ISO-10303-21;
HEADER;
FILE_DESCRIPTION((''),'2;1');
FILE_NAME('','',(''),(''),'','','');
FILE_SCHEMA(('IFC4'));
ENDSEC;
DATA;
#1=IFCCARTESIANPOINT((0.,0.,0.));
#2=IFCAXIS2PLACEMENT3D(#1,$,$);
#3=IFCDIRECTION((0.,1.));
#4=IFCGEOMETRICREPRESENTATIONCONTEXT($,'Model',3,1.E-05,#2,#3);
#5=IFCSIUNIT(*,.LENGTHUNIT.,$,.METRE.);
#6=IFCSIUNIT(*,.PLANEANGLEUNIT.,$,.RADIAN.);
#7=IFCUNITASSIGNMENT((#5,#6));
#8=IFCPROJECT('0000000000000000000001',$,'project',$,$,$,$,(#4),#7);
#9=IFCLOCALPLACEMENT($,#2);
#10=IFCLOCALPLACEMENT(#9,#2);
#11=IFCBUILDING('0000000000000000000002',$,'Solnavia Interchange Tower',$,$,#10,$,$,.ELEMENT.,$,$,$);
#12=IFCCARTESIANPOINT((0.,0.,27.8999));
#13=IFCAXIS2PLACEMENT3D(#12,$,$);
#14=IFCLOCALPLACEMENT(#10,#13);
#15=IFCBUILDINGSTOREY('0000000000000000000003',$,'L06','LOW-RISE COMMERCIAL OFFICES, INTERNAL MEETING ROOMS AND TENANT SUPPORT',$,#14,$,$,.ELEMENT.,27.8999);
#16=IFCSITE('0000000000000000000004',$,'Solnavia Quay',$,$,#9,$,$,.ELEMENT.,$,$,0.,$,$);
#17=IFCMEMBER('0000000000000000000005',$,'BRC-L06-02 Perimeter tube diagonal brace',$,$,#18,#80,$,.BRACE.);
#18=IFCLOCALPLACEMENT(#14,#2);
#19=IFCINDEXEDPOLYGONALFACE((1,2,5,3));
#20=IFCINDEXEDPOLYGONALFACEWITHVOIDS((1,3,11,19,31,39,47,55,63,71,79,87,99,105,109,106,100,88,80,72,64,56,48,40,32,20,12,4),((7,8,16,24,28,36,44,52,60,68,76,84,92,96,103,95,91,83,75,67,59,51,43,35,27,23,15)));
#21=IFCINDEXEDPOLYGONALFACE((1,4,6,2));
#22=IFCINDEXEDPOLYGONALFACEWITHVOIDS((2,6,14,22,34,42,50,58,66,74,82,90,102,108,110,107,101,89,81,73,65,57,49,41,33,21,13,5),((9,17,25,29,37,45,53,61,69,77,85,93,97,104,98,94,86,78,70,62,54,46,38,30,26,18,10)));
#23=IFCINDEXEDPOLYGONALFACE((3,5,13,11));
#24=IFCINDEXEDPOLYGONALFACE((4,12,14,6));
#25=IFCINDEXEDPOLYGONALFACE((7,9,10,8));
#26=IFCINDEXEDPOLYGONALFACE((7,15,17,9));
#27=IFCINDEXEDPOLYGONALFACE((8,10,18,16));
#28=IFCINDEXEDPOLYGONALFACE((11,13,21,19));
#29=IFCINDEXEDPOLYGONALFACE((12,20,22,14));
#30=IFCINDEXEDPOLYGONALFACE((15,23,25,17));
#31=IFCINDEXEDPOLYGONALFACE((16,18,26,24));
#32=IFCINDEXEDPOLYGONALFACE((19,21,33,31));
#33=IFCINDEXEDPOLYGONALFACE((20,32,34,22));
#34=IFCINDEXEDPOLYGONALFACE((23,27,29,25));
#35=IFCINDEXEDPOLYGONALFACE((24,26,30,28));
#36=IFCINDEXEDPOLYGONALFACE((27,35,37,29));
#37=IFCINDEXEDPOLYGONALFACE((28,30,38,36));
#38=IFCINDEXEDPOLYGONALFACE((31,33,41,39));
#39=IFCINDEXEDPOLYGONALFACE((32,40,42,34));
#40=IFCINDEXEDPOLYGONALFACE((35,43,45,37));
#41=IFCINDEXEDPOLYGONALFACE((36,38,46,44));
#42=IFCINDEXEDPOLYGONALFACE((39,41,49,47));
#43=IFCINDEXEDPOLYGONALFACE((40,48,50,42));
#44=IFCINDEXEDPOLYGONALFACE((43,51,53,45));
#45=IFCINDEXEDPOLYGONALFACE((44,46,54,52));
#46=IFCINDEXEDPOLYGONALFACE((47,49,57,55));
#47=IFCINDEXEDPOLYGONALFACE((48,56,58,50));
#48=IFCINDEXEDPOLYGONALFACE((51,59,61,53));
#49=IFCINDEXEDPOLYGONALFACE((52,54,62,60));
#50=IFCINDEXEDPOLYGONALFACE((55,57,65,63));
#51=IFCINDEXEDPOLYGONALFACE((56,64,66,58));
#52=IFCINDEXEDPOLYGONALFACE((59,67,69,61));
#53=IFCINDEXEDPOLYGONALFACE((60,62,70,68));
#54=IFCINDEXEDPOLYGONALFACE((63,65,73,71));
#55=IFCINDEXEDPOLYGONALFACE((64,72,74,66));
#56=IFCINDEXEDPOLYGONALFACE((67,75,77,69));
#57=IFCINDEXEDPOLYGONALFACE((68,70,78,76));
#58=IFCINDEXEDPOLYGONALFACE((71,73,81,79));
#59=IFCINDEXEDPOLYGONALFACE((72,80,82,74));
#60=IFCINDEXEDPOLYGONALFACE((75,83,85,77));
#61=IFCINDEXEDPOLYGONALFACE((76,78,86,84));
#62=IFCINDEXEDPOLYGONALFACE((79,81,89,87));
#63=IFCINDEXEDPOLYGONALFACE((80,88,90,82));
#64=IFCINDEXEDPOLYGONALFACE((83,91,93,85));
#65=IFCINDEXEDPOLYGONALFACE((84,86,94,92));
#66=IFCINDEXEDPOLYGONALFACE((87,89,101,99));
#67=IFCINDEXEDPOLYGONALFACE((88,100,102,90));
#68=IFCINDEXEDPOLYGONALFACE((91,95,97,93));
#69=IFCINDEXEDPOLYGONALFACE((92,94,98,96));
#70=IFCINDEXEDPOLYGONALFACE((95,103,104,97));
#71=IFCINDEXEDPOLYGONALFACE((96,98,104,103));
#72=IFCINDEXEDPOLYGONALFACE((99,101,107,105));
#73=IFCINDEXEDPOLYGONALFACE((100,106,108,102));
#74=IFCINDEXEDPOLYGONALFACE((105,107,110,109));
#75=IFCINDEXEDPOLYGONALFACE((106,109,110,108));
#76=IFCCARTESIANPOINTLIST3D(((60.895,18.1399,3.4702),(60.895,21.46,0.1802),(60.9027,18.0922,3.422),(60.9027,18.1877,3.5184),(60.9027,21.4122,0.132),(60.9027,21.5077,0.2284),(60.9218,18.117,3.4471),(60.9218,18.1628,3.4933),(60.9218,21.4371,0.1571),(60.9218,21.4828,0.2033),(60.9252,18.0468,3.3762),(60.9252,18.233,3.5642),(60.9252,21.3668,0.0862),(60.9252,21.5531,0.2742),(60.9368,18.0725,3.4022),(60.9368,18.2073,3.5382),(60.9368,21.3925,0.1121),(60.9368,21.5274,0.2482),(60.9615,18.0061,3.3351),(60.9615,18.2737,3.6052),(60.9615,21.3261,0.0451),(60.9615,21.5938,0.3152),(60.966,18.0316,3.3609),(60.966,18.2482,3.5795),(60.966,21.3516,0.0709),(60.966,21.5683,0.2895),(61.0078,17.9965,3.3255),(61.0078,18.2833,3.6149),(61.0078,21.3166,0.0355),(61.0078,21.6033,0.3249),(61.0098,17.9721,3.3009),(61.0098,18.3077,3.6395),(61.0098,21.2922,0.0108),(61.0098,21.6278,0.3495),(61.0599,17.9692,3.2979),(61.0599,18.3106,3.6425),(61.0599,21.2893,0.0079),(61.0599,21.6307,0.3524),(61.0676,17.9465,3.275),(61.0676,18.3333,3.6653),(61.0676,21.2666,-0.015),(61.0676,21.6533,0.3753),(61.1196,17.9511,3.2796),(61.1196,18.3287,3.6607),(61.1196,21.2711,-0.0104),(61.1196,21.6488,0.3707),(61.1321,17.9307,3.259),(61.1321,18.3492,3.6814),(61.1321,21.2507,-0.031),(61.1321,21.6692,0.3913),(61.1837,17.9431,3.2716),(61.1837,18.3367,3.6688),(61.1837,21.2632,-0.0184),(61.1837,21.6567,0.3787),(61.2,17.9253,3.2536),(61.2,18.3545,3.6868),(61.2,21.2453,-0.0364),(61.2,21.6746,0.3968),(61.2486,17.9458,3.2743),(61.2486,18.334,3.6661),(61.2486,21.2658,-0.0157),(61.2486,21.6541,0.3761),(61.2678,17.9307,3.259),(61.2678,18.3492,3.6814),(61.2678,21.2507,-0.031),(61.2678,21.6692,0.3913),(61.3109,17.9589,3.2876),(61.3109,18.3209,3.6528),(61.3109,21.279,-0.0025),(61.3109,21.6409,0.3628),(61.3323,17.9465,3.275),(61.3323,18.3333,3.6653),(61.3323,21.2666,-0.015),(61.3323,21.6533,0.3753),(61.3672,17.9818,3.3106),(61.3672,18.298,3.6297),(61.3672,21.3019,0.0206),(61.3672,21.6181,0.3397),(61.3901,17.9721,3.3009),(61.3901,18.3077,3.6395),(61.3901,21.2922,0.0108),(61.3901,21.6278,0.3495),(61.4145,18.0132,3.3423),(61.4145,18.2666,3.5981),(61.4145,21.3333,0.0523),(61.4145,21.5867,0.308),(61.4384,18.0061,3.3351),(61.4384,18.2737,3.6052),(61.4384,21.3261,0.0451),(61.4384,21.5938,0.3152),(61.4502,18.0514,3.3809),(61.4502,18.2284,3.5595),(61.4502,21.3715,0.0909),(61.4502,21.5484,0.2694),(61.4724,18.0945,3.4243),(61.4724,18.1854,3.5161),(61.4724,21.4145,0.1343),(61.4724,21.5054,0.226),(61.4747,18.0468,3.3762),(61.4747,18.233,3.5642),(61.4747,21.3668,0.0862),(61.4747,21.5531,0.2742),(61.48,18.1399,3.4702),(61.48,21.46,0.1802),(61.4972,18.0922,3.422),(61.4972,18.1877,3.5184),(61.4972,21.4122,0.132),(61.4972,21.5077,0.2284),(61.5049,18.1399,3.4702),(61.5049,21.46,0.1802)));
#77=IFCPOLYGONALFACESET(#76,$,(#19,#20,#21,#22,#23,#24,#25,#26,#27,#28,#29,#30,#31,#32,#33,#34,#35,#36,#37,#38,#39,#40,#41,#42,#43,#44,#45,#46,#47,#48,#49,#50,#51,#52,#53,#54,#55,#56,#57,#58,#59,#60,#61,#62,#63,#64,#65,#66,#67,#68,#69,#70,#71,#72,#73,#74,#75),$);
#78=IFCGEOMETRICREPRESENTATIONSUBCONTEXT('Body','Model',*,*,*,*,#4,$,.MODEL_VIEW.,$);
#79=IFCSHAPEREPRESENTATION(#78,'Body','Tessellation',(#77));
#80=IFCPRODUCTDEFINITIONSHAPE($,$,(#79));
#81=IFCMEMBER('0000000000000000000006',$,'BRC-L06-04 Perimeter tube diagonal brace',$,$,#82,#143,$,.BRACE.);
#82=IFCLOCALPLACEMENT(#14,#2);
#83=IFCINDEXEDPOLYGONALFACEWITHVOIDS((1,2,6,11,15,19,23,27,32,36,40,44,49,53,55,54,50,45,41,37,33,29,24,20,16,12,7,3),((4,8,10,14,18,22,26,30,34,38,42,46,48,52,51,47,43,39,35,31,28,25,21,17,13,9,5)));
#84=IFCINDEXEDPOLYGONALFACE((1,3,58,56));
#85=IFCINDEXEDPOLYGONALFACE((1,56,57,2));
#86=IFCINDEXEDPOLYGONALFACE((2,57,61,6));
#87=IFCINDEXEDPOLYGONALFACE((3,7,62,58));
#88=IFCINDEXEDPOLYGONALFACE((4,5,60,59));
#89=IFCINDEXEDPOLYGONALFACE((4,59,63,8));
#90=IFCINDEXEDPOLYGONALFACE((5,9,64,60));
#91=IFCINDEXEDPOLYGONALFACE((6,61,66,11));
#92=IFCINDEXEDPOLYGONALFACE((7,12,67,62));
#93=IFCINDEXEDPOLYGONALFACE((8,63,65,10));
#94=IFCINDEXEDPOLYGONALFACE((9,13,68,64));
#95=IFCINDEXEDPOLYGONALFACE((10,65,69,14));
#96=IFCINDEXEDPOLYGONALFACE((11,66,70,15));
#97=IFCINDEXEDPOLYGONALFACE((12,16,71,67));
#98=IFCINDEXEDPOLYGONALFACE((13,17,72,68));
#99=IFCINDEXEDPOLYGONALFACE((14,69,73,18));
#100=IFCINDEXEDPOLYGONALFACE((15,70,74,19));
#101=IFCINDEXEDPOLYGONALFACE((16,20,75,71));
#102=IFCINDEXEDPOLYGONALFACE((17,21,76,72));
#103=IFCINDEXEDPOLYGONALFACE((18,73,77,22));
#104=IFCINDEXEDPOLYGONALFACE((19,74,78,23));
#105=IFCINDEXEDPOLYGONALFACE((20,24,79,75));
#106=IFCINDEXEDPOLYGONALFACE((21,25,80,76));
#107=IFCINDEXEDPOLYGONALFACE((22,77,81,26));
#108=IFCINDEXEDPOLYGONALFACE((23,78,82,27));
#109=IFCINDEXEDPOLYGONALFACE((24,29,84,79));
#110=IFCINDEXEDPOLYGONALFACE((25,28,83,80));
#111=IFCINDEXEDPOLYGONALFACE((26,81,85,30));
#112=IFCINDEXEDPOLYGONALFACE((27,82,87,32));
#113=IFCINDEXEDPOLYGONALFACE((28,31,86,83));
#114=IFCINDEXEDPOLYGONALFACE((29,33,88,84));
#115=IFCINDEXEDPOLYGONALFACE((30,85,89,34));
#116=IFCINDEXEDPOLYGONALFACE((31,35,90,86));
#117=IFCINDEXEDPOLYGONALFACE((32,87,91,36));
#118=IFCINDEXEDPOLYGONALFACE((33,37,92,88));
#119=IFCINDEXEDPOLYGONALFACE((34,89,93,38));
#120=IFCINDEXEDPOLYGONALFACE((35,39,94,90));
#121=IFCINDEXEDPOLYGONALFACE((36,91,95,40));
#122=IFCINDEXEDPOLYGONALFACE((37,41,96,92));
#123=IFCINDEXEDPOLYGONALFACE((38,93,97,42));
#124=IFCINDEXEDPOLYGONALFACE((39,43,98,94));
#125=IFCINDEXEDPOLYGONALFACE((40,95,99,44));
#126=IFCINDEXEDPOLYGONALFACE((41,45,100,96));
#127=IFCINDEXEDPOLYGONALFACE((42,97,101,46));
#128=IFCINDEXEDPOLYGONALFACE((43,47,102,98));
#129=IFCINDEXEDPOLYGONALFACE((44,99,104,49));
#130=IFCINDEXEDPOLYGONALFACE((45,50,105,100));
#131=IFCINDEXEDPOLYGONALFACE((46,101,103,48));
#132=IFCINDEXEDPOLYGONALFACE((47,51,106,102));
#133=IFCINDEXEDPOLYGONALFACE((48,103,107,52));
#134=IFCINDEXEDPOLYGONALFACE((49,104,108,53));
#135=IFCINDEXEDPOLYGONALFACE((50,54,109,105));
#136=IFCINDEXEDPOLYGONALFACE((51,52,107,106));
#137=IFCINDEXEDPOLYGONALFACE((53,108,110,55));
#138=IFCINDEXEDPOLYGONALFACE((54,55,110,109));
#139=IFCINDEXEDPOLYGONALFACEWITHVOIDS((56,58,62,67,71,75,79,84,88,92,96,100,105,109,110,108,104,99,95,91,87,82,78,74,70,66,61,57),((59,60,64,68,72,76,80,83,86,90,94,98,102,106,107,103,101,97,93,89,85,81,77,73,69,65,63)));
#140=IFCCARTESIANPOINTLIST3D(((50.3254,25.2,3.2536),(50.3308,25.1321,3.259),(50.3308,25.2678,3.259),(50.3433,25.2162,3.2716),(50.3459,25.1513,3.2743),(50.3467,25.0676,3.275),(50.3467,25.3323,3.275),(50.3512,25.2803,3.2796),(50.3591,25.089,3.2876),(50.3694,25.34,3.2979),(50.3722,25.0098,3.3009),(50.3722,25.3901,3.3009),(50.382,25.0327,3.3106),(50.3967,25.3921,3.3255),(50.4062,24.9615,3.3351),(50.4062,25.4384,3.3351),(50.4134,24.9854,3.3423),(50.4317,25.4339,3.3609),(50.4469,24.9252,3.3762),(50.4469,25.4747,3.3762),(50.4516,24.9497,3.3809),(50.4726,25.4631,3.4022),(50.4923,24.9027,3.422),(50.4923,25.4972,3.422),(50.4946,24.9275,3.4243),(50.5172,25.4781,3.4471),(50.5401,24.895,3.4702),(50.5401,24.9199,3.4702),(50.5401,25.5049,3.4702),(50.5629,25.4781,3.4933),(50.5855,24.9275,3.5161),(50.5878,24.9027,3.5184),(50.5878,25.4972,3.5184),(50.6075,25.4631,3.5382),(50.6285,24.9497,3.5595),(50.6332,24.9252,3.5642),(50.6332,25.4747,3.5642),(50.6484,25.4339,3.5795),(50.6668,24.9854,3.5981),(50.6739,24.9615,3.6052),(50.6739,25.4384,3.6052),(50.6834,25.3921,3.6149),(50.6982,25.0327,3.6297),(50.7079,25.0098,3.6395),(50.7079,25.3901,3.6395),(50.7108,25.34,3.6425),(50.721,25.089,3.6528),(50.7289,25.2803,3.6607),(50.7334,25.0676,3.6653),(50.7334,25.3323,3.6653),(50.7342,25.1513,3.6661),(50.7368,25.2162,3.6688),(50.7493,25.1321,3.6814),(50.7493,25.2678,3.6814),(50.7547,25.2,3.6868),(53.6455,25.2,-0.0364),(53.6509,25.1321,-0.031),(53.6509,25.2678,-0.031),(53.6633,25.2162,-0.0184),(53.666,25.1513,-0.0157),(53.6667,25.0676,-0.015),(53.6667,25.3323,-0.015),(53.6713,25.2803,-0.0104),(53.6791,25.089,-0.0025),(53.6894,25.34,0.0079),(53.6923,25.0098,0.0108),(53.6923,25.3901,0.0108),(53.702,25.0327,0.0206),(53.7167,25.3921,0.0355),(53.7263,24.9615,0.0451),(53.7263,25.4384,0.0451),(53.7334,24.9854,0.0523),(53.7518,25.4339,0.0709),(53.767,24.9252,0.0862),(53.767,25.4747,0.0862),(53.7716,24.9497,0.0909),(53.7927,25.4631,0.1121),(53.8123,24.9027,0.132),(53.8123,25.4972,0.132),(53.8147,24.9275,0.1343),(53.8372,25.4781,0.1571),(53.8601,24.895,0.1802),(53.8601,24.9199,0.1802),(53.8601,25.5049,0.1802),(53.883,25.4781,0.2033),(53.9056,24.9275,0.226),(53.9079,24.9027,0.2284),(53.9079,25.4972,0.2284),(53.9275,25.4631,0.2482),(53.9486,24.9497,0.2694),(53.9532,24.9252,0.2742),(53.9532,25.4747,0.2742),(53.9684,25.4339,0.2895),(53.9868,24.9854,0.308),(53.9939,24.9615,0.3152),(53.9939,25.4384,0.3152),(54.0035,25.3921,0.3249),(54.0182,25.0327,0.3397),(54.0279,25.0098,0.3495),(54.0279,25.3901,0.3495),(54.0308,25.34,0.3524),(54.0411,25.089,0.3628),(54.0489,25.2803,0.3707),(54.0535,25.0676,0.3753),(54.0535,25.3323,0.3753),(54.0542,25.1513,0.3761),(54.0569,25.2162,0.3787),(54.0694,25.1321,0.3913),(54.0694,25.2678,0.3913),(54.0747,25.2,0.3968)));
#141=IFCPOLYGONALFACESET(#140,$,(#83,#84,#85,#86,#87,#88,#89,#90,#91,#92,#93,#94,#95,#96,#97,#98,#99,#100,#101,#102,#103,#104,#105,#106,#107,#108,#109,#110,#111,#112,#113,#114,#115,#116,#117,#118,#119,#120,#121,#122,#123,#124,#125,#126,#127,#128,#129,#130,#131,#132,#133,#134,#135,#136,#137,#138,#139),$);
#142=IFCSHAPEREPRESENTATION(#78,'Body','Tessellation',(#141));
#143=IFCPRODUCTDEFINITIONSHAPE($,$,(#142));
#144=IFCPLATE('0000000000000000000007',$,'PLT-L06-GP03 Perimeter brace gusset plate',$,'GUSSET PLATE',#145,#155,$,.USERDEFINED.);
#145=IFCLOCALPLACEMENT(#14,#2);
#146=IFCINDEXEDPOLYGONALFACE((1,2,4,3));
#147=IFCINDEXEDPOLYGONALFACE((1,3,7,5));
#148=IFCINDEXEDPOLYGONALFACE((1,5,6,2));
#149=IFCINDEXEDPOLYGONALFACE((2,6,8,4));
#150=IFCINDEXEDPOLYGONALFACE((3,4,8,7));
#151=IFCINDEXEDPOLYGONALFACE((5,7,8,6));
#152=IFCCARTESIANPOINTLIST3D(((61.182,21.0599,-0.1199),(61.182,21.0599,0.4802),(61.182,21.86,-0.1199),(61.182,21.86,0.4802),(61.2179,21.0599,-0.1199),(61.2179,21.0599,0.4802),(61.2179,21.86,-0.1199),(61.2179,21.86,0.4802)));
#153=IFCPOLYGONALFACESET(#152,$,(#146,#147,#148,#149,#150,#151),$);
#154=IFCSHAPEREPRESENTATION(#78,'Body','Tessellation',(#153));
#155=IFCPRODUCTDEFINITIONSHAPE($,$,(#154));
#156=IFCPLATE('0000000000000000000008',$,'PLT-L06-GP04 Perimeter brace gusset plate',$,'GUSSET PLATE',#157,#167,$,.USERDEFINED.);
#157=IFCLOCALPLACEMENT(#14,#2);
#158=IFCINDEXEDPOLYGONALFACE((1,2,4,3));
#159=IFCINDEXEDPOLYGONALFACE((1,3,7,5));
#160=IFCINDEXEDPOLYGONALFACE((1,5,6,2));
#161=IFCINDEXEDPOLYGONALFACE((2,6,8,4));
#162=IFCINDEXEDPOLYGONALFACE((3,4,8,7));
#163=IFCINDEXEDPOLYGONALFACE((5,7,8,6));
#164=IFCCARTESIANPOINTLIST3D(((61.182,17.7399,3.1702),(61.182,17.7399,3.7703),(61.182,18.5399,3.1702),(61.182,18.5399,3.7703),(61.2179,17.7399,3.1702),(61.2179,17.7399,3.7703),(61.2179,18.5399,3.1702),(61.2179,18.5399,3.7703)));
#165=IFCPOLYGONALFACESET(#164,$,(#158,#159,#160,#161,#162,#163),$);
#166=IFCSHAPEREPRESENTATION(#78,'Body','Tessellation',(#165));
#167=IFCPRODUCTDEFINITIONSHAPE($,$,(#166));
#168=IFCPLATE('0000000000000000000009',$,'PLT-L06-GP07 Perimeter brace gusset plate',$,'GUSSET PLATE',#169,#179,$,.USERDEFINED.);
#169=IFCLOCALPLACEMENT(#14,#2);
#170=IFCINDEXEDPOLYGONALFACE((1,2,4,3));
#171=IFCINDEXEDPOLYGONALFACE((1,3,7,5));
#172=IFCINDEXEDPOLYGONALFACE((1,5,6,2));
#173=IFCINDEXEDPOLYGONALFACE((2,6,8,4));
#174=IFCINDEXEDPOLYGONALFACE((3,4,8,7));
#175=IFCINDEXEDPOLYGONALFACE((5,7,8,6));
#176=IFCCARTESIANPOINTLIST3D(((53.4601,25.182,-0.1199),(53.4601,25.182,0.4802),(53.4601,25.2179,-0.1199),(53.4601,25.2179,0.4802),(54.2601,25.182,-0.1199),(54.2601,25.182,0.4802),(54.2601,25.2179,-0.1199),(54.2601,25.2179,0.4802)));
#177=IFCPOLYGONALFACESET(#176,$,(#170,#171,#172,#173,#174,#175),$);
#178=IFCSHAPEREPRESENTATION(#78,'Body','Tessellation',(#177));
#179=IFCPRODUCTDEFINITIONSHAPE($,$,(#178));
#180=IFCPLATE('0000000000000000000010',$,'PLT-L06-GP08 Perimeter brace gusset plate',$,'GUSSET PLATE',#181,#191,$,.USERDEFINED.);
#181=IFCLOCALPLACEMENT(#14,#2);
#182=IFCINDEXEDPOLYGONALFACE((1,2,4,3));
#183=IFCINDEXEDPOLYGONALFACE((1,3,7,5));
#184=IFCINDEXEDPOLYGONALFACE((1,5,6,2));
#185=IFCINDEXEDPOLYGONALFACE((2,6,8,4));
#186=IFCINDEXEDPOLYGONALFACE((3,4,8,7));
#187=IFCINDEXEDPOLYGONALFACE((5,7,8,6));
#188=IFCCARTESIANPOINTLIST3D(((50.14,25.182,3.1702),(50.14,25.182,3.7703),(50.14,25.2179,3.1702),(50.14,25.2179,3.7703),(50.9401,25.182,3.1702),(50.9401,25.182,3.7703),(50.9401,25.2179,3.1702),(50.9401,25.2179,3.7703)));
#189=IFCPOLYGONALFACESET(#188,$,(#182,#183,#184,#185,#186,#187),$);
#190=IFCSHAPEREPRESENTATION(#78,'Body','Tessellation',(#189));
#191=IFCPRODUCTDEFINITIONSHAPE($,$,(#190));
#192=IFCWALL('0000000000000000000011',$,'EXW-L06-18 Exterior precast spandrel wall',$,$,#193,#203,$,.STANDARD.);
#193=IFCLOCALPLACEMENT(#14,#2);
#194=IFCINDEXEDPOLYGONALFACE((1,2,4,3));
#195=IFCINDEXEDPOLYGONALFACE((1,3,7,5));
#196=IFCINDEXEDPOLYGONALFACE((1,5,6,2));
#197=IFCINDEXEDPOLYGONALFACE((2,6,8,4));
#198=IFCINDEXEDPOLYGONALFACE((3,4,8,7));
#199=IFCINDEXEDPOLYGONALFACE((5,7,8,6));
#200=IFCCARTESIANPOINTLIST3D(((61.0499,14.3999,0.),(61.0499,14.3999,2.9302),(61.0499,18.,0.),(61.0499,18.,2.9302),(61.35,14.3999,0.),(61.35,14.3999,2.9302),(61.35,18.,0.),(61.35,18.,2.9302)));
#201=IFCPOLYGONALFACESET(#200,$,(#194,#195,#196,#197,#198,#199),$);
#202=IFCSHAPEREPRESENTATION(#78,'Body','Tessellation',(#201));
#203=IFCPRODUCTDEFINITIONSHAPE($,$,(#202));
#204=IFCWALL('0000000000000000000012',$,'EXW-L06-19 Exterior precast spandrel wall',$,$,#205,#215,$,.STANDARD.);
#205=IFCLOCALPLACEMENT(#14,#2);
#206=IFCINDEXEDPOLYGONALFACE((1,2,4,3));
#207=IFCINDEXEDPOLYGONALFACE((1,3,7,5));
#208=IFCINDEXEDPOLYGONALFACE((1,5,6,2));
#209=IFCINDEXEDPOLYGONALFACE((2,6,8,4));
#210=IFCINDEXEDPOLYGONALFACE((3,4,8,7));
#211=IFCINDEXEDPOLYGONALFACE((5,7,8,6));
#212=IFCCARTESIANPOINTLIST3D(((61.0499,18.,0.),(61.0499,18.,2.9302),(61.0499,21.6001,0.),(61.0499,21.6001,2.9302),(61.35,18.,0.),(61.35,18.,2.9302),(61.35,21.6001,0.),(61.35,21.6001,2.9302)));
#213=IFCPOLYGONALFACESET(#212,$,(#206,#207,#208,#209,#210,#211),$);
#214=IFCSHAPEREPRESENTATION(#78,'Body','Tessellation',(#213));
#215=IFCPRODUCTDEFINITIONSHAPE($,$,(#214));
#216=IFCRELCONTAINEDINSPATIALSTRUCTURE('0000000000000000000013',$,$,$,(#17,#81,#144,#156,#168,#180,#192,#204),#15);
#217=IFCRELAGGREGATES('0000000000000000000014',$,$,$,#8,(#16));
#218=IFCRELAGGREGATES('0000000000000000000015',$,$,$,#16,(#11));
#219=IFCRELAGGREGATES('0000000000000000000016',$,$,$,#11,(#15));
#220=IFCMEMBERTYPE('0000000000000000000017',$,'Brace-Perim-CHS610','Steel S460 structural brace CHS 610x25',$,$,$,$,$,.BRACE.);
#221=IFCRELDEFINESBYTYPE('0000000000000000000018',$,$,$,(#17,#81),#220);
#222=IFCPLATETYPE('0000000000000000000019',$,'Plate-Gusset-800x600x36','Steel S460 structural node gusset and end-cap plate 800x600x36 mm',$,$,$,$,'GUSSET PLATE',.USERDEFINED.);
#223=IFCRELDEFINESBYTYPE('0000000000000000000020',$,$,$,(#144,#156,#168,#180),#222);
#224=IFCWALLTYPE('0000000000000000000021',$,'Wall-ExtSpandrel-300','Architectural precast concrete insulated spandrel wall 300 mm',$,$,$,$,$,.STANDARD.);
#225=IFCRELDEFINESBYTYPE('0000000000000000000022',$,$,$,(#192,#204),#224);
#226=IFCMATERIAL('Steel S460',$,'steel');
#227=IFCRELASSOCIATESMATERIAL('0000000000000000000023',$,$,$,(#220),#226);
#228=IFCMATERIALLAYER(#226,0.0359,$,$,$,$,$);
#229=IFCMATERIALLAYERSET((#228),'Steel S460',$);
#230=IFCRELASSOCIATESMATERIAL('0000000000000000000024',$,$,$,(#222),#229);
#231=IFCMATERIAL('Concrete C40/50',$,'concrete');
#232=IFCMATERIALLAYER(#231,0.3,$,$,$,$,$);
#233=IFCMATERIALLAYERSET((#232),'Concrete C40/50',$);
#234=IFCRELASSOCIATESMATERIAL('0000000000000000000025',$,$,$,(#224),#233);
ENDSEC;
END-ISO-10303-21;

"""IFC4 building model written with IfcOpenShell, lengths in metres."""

from ifc_helpers import new_model, si_unit, direction, frame, frame_2d, origin, origin_2d, place, context, subcontext, project, spatial, rectangle, hollow_circle, extrude, material, layer, layer_set, material_profile, profile_set, type_object, element, save


model = new_model("IFC4")

# Units and contexts
model_context = context("Model", 3, precision=1e-05, world=origin(), true_north=direction((0.0, 1.0)))
body_context = subcontext(model_context, "Body", "Model", "MODEL_VIEW")
ifc_project = project(units=[si_unit("LENGTHUNIT", "METRE"), si_unit("PLANEANGLEUNIT", "RADIAN")], contexts=[model_context])

# Site, building, storey
site_placement = place(None, origin())
site = spatial("IfcSite", under=ifc_project, at=site_placement, Name="Solnavia Quay", CompositionType="ELEMENT", RefElevation=0.0)
building_placement = place(site_placement, origin())
building = spatial("IfcBuilding", under=site, at=building_placement, Name="Solnavia Interchange Tower", CompositionType="ELEMENT")
storey_placement = place(building_placement, frame((0.0, 0.0, 27.8999)))
storey = spatial("IfcBuildingStorey", under=building, at=storey_placement, Name="L06", Description="LOW-RISE COMMERCIAL OFFICES, INTERNAL MEETING ROOMS AND TENANT SUPPORT", CompositionType="ELEMENT", Elevation=27.8999)

# Members
ifc_material_1 = material(Name="Steel S460", Category="steel")
ifc_material_profile_1 = material_profile(ifc_material_1, hollow_circle(Radius=0.3049, WallThickness=0.0249, at=origin_2d()), Name="CHS 610x25")
ifc_profile_set_1 = profile_set([ifc_material_profile_1], Name="Steel S460")
member_type = type_object("IfcMemberType", Name="Brace-Perim-CHS610", Description="Steel S460 structural brace CHS 610x25", PredefinedType="BRACE", material=ifc_profile_set_1)
for number, where, z_axis, x_axis, name in (
    (1, (61.2, 21.46, 0.1802), (0.0, -0.710312, 0.703887), (1.0, 0.0, 0.0), "BRC-L06-02 Perimeter tube diagonal brace"),
    (2, (53.8601, 25.2, 0.1802), (-0.710312, 0.0, 0.703887), (0.0, -1.0, 0.0), "BRC-L06-04 Perimeter tube diagonal brace"),
):
    element("IfcMember", number, at=place(storey_placement, frame(where, z_axis=z_axis, x_axis=x_axis)), inside=storey, type_object=member_type, Name=name, PredefinedType="BRACE", context=body_context, shape_type="SweptSolid", body=[
        extrude(hollow_circle(Radius=0.3049, WallThickness=0.0249, at=origin_2d()), origin(), (0.0, 0.0, 1.0), 4.6741),
    ])

# Plates
ifc_layer_1 = layer(ifc_material_1, 0.0359)
ifc_layer_set_1 = layer_set([ifc_layer_1], Name="Steel S460")
plate_type = type_object("IfcPlateType", Name="Plate-Gusset-800x600x36", Description="Steel S460 structural node gusset and end-cap plate 800x600x36 mm", ElementType="GUSSET PLATE", PredefinedType="USERDEFINED", material=ifc_layer_set_1)
for number, where, z_axis, x_axis, name in (
    (3, (61.2, 21.46, -0.1199), (0.0, 0.0, 1.0), (0.0, -1.0, 0.0), "PLT-L06-GP03 Perimeter brace gusset plate"),
    (4, (61.2, 18.1399, 3.1702), (0.0, 0.0, 1.0), (0.0, -1.0, 0.0), "PLT-L06-GP04 Perimeter brace gusset plate"),
    (5, (53.8601, 25.2, -0.1199), (0.0, 0.0, 1.0), (-1.0, 0.0, 0.0), "PLT-L06-GP07 Perimeter brace gusset plate"),
    (6, (50.54, 25.2, 3.1702), (0.0, 0.0, 1.0), (-1.0, 0.0, 0.0), "PLT-L06-GP08 Perimeter brace gusset plate"),
):
    element("IfcPlate", number, at=place(storey_placement, frame(where, z_axis=z_axis, x_axis=x_axis)), inside=storey, type_object=plate_type, Name=name, ObjectType="GUSSET PLATE", PredefinedType="USERDEFINED", context=body_context, shape_type="SweptSolid", body=[
        extrude(rectangle(XDim=0.8, YDim=0.0359, at=origin_2d()), origin(), (0.0, 0.0, 1.0), 0.6001),
    ])

# Walls
ifc_material_2 = material(Name="Concrete C40/50", Category="concrete")
ifc_layer_2 = layer(ifc_material_2, 0.3)
ifc_layer_set_2 = layer_set([ifc_layer_2], Name="Concrete C40/50")
wall_type = type_object("IfcWallType", Name="Wall-ExtSpandrel-300", Description="Architectural precast concrete insulated spandrel wall 300 mm", PredefinedType="STANDARD", material=ifc_layer_set_2)
for number, where, z_axis, x_axis, name in (
    (7, (61.2, 18.0, 0.0), (0.0, 0.0, 1.0), (0.0, -1.0, 0.0), "EXW-L06-18 Exterior precast spandrel wall"),
    (8, (61.2, 21.6001, 0.0), (0.0, 0.0, 1.0), (0.0, -1.0, 0.0), "EXW-L06-19 Exterior precast spandrel wall"),
):
    element("IfcWall", number, at=place(storey_placement, frame(where, z_axis=z_axis, x_axis=x_axis)), inside=storey, type_object=wall_type, Name=name, PredefinedType="STANDARD", context=body_context, shape_type="SweptSolid", body=[
        extrude(rectangle(XDim=3.6001, YDim=0.3, at=frame_2d((1.8, 0.0))), origin(), (0.0, 0.0, 1.0), 2.9302),
    ])

save(model, "model.ifc")
